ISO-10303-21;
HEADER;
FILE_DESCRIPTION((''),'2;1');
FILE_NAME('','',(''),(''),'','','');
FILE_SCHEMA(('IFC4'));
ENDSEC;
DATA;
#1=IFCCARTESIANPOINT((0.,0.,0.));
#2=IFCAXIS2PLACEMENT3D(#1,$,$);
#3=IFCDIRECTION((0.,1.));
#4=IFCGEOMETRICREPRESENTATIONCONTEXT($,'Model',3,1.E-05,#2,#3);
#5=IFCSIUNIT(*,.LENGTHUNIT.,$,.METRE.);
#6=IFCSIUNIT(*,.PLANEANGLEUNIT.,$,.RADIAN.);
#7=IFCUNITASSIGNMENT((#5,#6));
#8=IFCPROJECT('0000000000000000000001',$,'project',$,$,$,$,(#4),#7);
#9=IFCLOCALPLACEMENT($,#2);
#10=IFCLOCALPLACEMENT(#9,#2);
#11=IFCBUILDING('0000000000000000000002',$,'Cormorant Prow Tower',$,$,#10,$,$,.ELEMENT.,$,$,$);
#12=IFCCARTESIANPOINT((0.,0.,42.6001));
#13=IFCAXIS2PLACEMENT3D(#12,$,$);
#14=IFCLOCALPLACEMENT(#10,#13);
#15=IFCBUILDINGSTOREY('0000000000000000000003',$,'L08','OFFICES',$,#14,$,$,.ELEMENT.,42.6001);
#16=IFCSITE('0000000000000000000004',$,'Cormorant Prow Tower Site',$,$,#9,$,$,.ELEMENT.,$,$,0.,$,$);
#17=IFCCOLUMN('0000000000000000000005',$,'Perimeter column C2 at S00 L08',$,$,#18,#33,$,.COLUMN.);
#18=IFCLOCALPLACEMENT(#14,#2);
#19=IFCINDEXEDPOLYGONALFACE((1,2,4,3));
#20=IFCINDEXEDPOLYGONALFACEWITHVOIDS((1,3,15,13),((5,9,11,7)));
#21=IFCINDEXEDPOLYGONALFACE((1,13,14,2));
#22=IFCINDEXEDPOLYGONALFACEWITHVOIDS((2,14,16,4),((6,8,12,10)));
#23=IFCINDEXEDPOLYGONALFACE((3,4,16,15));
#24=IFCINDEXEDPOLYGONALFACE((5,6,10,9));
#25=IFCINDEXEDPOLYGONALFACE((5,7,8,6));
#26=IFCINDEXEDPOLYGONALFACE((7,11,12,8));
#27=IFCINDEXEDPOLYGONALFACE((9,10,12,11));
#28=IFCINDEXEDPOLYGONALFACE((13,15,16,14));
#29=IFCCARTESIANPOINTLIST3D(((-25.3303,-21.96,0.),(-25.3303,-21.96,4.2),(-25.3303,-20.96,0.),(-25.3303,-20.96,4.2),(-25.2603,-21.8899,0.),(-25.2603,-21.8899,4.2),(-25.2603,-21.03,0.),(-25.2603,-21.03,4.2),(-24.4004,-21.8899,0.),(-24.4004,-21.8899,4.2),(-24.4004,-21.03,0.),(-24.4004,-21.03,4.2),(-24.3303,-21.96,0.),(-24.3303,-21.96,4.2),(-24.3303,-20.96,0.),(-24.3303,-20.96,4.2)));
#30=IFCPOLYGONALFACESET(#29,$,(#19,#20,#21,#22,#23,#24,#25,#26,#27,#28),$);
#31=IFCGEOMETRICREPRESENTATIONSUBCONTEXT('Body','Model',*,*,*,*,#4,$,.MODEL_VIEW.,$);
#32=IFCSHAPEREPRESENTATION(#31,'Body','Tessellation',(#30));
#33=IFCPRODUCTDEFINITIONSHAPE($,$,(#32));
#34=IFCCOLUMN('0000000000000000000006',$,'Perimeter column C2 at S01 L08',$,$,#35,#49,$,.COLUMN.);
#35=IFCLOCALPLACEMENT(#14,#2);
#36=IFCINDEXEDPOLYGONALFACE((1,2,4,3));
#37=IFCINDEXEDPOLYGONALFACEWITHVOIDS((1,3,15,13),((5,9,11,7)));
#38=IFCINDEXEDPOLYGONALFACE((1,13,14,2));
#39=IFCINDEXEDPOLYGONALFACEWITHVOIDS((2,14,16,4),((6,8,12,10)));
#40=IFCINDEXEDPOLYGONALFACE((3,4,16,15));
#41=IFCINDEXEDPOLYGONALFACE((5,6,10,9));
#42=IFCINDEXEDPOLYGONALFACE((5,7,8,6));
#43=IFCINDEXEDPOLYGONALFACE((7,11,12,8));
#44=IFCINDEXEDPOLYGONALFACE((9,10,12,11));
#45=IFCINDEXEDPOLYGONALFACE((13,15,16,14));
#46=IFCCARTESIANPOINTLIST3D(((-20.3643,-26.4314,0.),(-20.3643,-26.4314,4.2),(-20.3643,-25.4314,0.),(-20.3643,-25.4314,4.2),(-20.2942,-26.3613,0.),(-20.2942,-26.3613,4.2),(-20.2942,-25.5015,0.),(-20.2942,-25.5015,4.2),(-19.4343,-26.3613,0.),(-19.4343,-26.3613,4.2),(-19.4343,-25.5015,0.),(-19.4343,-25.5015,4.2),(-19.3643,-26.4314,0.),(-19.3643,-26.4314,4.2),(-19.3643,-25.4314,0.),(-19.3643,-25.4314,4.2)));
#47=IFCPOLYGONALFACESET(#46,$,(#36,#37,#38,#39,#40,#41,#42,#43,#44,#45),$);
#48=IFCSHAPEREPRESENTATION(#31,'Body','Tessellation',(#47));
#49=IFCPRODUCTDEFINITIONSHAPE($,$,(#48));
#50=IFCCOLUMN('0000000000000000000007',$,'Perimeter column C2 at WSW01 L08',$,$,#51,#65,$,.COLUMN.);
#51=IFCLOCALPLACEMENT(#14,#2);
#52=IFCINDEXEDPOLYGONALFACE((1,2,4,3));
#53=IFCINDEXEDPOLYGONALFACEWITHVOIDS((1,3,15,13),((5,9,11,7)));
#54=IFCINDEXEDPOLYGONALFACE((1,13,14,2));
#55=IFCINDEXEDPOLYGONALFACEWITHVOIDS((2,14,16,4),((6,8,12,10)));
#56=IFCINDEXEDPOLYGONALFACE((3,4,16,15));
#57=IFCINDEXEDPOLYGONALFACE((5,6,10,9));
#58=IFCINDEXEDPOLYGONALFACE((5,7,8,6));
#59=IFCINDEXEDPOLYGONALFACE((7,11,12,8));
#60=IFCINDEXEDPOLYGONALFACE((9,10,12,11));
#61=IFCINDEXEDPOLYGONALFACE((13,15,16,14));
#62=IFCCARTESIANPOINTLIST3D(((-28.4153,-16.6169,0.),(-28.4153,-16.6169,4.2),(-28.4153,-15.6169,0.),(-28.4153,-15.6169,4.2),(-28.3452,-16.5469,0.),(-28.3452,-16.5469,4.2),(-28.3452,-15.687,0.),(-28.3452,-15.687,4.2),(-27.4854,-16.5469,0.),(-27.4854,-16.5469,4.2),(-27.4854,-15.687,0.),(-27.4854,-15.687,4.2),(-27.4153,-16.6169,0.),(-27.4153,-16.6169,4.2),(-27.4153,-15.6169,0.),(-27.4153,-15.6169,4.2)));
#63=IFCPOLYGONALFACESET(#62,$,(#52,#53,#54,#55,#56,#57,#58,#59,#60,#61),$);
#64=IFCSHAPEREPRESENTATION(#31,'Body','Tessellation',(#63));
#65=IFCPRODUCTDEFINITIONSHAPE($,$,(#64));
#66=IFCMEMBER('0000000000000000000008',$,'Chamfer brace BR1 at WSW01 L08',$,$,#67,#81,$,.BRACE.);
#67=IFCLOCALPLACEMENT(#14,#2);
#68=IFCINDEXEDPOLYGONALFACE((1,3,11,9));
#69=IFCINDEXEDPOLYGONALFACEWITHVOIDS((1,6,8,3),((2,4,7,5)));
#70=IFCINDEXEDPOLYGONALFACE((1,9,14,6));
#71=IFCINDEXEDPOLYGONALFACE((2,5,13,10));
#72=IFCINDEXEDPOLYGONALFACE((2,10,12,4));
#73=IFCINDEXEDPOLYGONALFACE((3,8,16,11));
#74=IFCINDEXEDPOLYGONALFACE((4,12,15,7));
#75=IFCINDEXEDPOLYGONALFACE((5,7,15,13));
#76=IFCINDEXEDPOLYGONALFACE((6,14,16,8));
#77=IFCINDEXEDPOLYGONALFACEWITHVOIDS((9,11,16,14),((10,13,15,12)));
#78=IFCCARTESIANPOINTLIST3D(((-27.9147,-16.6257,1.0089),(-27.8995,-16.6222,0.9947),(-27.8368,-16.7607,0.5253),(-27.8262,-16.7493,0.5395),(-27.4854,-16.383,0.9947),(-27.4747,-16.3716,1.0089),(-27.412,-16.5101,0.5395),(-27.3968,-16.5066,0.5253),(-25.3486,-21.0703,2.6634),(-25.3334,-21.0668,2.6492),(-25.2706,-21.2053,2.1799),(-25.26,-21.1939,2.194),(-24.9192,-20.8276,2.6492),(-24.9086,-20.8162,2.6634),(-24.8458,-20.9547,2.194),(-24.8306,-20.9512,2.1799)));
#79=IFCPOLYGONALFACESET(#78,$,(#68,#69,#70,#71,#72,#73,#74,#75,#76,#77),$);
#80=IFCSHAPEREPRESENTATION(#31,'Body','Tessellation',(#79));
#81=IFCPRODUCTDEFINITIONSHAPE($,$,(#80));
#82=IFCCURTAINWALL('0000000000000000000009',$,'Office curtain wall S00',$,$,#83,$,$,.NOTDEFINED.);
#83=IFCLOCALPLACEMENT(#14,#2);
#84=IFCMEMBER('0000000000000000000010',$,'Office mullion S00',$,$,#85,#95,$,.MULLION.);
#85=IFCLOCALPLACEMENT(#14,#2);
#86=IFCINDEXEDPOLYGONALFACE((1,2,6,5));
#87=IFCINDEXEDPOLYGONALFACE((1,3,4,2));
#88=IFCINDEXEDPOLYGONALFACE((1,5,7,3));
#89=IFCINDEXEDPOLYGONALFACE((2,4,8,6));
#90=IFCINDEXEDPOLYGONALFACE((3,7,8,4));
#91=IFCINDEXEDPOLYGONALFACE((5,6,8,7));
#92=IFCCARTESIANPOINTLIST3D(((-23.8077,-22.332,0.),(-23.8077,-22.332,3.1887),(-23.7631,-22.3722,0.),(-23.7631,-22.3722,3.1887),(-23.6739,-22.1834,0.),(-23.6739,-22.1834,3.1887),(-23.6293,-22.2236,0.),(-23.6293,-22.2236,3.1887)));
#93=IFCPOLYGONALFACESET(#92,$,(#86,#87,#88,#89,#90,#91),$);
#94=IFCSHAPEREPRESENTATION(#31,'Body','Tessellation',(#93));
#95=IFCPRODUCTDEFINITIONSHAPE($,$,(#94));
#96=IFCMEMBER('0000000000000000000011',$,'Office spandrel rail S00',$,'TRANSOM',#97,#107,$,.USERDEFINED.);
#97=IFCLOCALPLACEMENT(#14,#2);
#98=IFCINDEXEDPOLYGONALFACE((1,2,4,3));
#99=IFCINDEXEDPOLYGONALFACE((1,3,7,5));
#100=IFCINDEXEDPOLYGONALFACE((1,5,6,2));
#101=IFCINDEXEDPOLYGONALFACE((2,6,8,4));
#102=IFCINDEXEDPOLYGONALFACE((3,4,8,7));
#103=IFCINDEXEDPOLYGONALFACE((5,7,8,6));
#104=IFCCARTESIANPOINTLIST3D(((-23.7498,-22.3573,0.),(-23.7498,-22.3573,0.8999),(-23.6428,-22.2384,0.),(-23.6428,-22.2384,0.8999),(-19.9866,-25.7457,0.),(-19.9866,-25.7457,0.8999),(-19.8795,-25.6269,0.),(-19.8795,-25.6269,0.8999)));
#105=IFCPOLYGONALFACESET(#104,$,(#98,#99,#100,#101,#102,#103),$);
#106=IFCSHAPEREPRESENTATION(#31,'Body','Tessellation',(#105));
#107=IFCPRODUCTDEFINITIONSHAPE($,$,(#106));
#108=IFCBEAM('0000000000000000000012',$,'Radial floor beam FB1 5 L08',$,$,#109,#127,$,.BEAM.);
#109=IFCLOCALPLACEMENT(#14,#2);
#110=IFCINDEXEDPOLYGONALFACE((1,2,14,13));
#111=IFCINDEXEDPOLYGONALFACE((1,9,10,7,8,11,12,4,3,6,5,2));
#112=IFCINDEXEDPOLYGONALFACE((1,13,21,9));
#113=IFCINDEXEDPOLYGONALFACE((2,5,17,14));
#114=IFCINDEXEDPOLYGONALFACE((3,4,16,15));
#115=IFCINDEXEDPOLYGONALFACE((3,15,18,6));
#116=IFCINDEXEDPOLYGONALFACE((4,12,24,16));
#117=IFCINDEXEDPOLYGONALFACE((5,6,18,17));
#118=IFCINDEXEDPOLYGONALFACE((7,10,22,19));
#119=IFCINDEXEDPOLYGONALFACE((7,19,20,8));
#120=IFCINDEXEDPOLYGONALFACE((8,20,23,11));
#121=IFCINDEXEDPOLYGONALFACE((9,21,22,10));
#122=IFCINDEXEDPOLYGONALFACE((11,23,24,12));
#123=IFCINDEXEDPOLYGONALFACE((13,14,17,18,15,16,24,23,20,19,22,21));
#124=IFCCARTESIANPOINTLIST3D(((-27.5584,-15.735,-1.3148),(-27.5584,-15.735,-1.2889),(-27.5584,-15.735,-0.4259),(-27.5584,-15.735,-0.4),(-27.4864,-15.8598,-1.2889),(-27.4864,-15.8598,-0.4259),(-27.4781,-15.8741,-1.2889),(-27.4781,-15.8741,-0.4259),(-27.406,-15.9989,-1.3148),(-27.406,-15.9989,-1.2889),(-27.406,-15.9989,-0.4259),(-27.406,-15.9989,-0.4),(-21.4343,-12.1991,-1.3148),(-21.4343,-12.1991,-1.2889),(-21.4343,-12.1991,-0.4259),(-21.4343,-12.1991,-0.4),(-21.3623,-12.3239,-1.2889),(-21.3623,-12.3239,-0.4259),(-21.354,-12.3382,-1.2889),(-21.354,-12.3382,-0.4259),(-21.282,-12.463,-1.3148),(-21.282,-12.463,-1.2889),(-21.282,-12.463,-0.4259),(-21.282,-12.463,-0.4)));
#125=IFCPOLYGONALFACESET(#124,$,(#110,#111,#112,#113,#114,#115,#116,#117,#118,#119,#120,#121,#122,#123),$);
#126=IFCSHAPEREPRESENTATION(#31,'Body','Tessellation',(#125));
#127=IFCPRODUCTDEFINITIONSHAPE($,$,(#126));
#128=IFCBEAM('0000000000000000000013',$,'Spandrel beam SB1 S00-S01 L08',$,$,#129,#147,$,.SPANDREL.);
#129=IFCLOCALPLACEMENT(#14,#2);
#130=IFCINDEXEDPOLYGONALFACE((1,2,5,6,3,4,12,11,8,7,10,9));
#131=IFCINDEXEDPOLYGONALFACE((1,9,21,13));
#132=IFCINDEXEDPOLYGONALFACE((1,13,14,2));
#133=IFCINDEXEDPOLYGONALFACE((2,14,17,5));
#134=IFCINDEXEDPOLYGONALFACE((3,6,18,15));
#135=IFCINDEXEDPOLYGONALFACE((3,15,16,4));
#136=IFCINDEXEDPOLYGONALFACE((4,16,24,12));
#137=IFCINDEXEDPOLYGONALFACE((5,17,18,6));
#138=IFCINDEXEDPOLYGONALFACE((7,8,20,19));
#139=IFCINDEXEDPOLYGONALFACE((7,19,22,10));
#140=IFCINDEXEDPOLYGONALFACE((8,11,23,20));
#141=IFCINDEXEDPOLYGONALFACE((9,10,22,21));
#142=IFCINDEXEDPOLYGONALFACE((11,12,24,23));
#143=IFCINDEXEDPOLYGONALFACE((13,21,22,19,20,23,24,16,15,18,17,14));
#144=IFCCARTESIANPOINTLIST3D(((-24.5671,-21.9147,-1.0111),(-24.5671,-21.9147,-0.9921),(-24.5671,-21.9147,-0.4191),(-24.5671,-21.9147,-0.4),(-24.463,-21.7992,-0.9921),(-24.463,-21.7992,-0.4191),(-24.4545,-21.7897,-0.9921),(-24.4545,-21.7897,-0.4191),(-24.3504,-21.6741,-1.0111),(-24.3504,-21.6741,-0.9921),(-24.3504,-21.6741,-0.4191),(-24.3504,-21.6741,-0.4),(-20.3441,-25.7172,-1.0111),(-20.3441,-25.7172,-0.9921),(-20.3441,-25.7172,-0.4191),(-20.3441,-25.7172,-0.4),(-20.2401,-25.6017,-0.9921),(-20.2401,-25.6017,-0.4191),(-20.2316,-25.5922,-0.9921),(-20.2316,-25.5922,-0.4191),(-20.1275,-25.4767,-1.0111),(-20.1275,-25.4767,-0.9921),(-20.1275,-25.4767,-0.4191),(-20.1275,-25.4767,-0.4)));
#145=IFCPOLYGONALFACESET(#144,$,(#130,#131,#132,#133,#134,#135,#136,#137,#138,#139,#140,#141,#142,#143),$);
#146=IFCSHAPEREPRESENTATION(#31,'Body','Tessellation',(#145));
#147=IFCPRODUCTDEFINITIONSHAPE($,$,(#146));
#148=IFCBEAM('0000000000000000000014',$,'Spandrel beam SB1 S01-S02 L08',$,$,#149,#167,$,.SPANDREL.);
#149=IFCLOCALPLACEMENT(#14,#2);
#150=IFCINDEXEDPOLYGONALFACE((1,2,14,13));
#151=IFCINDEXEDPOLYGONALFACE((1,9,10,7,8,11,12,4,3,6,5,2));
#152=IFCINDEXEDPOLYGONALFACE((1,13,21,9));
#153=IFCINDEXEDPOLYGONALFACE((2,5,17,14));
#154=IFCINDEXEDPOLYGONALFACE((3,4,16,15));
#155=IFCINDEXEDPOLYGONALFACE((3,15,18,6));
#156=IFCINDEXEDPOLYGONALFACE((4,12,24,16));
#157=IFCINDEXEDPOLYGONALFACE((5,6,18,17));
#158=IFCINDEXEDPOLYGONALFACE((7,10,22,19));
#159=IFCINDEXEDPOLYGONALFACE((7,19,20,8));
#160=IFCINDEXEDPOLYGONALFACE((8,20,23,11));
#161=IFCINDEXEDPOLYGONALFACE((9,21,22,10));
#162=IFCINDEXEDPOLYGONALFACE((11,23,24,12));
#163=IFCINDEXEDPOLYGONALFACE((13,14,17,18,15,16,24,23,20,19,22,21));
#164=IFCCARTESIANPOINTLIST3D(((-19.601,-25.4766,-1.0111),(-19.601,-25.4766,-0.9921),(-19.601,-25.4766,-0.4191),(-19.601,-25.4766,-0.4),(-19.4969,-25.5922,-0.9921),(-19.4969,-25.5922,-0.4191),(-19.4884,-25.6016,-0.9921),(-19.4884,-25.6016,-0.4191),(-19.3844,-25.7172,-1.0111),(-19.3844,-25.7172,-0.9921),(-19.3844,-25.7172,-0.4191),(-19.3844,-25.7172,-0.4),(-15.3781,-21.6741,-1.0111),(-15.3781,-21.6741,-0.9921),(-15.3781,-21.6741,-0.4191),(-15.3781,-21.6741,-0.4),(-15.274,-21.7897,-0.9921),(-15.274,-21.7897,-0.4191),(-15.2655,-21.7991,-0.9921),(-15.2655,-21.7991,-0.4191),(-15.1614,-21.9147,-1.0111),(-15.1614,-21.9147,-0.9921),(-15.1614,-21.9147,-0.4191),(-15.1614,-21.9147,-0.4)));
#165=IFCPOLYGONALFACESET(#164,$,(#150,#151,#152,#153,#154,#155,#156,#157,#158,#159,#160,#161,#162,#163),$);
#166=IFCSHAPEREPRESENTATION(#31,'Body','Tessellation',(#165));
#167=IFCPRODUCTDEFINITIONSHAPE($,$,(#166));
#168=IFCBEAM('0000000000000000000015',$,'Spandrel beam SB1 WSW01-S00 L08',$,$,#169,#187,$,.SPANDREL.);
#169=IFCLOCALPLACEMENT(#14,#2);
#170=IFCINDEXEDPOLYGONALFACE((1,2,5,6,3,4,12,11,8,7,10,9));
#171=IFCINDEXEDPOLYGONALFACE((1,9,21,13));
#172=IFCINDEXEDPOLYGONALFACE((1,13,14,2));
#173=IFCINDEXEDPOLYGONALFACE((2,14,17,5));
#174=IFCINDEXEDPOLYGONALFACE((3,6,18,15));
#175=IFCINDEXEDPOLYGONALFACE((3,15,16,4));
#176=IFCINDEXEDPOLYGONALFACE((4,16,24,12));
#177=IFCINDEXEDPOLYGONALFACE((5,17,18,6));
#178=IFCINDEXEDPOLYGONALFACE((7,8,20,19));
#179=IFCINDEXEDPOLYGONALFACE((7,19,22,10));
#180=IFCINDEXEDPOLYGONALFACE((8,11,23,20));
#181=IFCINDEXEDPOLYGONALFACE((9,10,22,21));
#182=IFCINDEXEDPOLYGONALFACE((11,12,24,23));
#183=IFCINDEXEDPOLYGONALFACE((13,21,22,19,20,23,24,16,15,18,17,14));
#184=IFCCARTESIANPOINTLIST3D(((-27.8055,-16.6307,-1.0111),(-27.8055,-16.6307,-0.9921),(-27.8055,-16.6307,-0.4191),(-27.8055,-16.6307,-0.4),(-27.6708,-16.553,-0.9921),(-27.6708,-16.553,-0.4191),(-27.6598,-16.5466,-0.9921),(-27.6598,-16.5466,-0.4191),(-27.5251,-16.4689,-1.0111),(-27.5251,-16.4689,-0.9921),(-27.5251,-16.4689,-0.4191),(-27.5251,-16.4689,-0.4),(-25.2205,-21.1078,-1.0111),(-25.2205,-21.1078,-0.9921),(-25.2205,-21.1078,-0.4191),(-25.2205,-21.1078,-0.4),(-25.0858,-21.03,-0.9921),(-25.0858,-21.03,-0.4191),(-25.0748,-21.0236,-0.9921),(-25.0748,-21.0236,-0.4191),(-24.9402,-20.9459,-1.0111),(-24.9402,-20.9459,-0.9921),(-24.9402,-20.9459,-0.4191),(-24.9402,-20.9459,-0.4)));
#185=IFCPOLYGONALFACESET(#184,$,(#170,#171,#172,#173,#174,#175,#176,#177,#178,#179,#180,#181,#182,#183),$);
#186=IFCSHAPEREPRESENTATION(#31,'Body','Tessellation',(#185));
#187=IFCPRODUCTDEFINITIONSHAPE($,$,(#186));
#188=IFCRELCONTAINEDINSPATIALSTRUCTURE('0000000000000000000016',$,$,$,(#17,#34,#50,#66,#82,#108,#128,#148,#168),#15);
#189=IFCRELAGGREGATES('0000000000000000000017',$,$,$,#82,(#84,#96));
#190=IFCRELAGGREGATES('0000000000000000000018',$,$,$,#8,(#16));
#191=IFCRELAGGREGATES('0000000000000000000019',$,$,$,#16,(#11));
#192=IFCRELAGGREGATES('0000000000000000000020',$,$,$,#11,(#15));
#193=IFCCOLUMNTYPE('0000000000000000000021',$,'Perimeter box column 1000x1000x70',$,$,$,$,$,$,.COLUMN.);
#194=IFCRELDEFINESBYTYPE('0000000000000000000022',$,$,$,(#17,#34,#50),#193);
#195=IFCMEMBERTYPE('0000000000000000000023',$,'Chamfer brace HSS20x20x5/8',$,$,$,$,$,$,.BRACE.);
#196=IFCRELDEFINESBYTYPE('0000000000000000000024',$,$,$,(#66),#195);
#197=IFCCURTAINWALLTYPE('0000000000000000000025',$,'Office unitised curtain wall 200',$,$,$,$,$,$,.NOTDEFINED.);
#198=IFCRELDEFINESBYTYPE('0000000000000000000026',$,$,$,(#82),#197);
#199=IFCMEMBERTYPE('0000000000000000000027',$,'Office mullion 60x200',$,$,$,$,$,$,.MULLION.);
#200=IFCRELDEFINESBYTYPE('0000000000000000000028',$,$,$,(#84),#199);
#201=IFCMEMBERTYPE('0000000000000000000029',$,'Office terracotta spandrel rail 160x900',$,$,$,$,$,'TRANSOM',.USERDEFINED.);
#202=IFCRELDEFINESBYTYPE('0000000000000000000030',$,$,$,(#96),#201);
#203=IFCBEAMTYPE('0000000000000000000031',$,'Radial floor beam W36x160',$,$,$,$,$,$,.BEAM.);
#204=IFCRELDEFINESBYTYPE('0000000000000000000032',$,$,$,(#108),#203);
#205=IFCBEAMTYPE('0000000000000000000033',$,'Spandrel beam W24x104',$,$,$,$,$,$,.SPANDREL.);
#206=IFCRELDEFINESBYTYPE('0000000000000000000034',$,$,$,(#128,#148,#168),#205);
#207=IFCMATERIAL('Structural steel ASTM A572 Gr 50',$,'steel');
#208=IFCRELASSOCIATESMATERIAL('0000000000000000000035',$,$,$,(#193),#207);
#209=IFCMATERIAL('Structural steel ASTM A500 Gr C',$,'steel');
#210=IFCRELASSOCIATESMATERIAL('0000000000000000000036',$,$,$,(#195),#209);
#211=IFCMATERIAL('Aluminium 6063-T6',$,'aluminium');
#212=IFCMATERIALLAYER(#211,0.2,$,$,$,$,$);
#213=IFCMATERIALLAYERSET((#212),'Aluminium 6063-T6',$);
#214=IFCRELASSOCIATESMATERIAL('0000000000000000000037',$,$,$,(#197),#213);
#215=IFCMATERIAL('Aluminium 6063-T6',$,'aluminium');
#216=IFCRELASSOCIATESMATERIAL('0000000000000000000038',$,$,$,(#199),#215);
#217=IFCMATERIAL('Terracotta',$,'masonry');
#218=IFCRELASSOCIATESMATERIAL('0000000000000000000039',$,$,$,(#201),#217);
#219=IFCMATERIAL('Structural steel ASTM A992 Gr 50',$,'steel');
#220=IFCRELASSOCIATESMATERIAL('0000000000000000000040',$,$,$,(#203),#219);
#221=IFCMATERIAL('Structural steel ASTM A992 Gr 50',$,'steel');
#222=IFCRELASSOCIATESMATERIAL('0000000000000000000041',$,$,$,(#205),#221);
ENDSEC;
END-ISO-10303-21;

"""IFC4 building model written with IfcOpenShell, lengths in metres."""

from ifc_helpers import new_model, si_unit, direction, frame, origin, origin_2d, place, context, subcontext, project, spatial, rectangle, hollow_rectangle, i_section, extrude, material, layer, layer_set, material_profile, profile_set, type_object, element, aggregate, save


model = new_model("IFC4")

# Units and contexts
model_context = context("Model", 3, precision=1e-05, world=origin(), true_north=direction((0.0, 1.0)))
body_context = subcontext(model_context, "Body", "Model", "MODEL_VIEW")
ifc_project = project(units=[si_unit("LENGTHUNIT", "METRE"), si_unit("PLANEANGLEUNIT", "RADIAN")], contexts=[model_context])

# Site, building, storey
site_placement = place(None, origin())
site = spatial("IfcSite", under=ifc_project, at=site_placement, Name="Cormorant Prow Tower Site", CompositionType="ELEMENT", RefElevation=0.0)
building_placement = place(site_placement, origin())
building = spatial("IfcBuilding", under=site, at=building_placement, Name="Cormorant Prow Tower", CompositionType="ELEMENT")
storey_placement = place(building_placement, frame((0.0, 0.0, 42.6001)))
storey = spatial("IfcBuildingStorey", under=building, at=storey_placement, Name="L08", Description="OFFICES", CompositionType="ELEMENT", Elevation=42.6001)

# Columns
ifc_material_1 = material(Name="Structural steel ASTM A572 Gr 50", Category="steel")
ifc_material_profile_1 = material_profile(ifc_material_1, hollow_rectangle(XDim=1.0, YDim=1.0, WallThickness=0.0701, at=origin_2d()), Name="Box 1000x1000x70")
ifc_profile_set_1 = profile_set([ifc_material_profile_1], Name="Structural steel ASTM A572 Gr 50")
column_type = type_object("IfcColumnType", Name="Perimeter box column 1000x1000x70", PredefinedType="COLUMN", material=ifc_profile_set_1)
for number, where, z_axis, x_axis, name in (
    (1, (-24.8303, -21.46, 0.0), (0.0, 0.0, 1.0), (1.0, 0.0, 0.0), "Perimeter column C2 at S00 L08"),
    (2, (-19.8643, -25.9314, 0.0), (0.0, 0.0, 1.0), (1.0, 0.0, 0.0), "Perimeter column C2 at S01 L08"),
    (3, (-27.9153, -16.1169, 0.0), (0.0, 0.0, 1.0), (1.0, 0.0, 0.0), "Perimeter column C2 at WSW01 L08"),
):
    element("IfcColumn", number, at=place(storey_placement, frame(where, z_axis=z_axis, x_axis=x_axis)), inside=storey, type_object=column_type, Name=name, PredefinedType="COLUMN", context=body_context, shape_type="SweptSolid", body=[
        extrude(hollow_rectangle(XDim=1.0, YDim=1.0, WallThickness=0.0701, at=origin_2d()), origin(), (0.0, 0.0, 1.0), 4.2),
    ])

# Member
ifc_material_2 = material(Name="Structural steel ASTM A500 Gr C", Category="steel")
ifc_material_profile_2 = material_profile(ifc_material_2, hollow_rectangle(XDim=0.5081, YDim=0.5081, WallThickness=0.0149, at=origin_2d()), Name="HSS20x20x5/8")
ifc_profile_set_2 = profile_set([ifc_material_profile_2], Name="Structural steel ASTM A500 Gr C")
member_type_1 = type_object("IfcMemberType", Name="Chamfer brace HSS20x20x5/8", PredefinedType="BRACE", material=ifc_profile_set_2)
member_1_placement = place(storey_placement, frame((-27.6558, -16.5662, 0.7671), z_axis=(0.475893, -0.824244, 0.306834), x_axis=(0.866018, 0.500012, 0.0)))
element("IfcMember", 4, at=member_1_placement, inside=storey, type_object=member_type_1, Name="Chamfer brace BR1 at WSW01 L08", PredefinedType="BRACE", context=body_context, shape_type="SweptSolid", body=[
    extrude(hollow_rectangle(XDim=0.5081, YDim=0.5081, WallThickness=0.0149, at=origin_2d()), origin(), (0.0, 0.0, 1.0), 5.3923),
])

# Curtain wall, members
ifc_material_3 = material(Name="Aluminium 6063-T6", Category="aluminium")
ifc_layer_1 = layer(ifc_material_3, 0.2)
ifc_layer_set_1 = layer_set([ifc_layer_1], Name="Aluminium 6063-T6")
curtain_wall_type = type_object("IfcCurtainWallType", Name="Office unitised curtain wall 200", PredefinedType="NOTDEFINED", material=ifc_layer_set_1)
curtain_wall_placement = place(storey_placement, origin())
curtain_wall = element("IfcCurtainWall", 5, at=curtain_wall_placement, inside=storey, type_object=curtain_wall_type, Name="Office curtain wall S00", PredefinedType="NOTDEFINED")
ifc_material_4 = material(Name="Aluminium 6063-T6", Category="aluminium")
ifc_material_profile_3 = material_profile(ifc_material_4, rectangle(XDim=0.2, YDim=0.0601, at=origin_2d()), Name="Office mullion 60x200")
ifc_profile_set_3 = profile_set([ifc_material_profile_3], Name="Aluminium 6063-T6")
member_type_2 = type_object("IfcMemberType", Name="Office mullion 60x200", PredefinedType="MULLION", material=ifc_profile_set_3)
member_2_placement = place(storey_placement, frame((-23.7185, -22.2778, 0.0), z_axis=(0.0, 0.0, 1.0), x_axis=(0.669131, 0.743145, 0.0)))
member_2 = element("IfcMember", 6, at=member_2_placement, type_object=member_type_2, Name="Office mullion S00", PredefinedType="MULLION", context=body_context, shape_type="SweptSolid", body=[
    extrude(rectangle(XDim=0.2, YDim=0.0601, at=origin_2d()), origin(), (0.0, 0.0, 1.0), 3.1887),
])
ifc_material_5 = material(Name="Terracotta", Category="masonry")
ifc_material_profile_4 = material_profile(ifc_material_5, rectangle(XDim=0.1599, YDim=0.8999, at=origin_2d()), Name="Office terracotta spandrel rail 160x900")
ifc_profile_set_4 = profile_set([ifc_material_profile_4], Name="Terracotta")
member_type_3 = type_object("IfcMemberType", Name="Office terracotta spandrel rail 160x900", ElementType="TRANSOM", PredefinedType="USERDEFINED", material=ifc_profile_set_4)
member_3_placement = place(storey_placement, frame((-23.6963, -22.2979, 0.45), z_axis=(0.743141, -0.669135, 0.0), x_axis=(0.669135, 0.743141, 0.0)))
member_3 = element("IfcMember", 7, at=member_3_placement, type_object=member_type_3, Name="Office spandrel rail S00", ObjectType="TRANSOM", PredefinedType="USERDEFINED", context=body_context, shape_type="SweptSolid", body=[
    extrude(rectangle(XDim=0.1599, YDim=0.8999, at=origin_2d()), origin(), (0.0, 0.0, 1.0), 5.064),
])

# Beams
ifc_material_6 = material(Name="Structural steel ASTM A992 Gr 50", Category="steel")
ifc_material_profile_5 = material_profile(ifc_material_6, i_section(OverallWidth=0.3047, OverallDepth=0.9148, WebThickness=0.0166, FlangeThickness=0.0259, at=origin_2d()), Name="W36x160")
ifc_profile_set_5 = profile_set([ifc_material_profile_5], Name="Structural steel ASTM A992 Gr 50")
beam_type_1 = type_object("IfcBeamType", Name="Radial floor beam W36x160", PredefinedType="BEAM", material=ifc_profile_set_5)
beam_1_placement = place(storey_placement, frame((-21.3582, -12.3311, -0.8574), z_axis=(-0.866014, -0.500019, 0.0), x_axis=(0.500019, -0.866014, 0.0)))
element("IfcBeam", 8, at=beam_1_placement, inside=storey, type_object=beam_type_1, Name="Radial floor beam FB1 5 L08", PredefinedType="BEAM", context=body_context, shape_type="SweptSolid", body=[
    extrude(i_section(OverallWidth=0.3047, OverallDepth=0.9148, WebThickness=0.0166, FlangeThickness=0.0259, at=origin_2d()), origin(), (0.0, 0.0, 1.0), 7.0715),
])
ifc_material_7 = material(Name="Structural steel ASTM A992 Gr 50", Category="steel")
ifc_material_profile_6 = material_profile(ifc_material_7, i_section(OverallWidth=0.3237, OverallDepth=0.6111, WebThickness=0.0127, FlangeThickness=0.019, at=origin_2d()), Name="W24x104")
ifc_profile_set_6 = profile_set([ifc_material_profile_6], Name="Structural steel ASTM A992 Gr 50")
beam_type_2 = type_object("IfcBeamType", Name="Spandrel beam W24x104", PredefinedType="SPANDREL", material=ifc_profile_set_6)
for number, where, z_axis, x_axis, name in (
    (9, (-24.4587, -21.7944, -0.7056), (0.74313, -0.669147, 0.0), (0.669147, 0.74313, 0.0), "Spandrel beam SB1 S00-S01 L08"),
    (10, (-19.4927, -25.5969, -0.7056), (0.74313, 0.669147, 0.0), (-0.669147, 0.74313, 0.0), "Spandrel beam SB1 S01-S02 L08"),
):
    element("IfcBeam", number, at=place(storey_placement, frame(where, z_axis=z_axis, x_axis=x_axis)), inside=storey, type_object=beam_type_2, Name=name, PredefinedType="SPANDREL", context=body_context, shape_type="SweptSolid", body=[
        extrude(i_section(OverallWidth=0.3237, OverallDepth=0.6111, WebThickness=0.0127, FlangeThickness=0.019, at=origin_2d()), origin(), (0.0, 0.0, 1.0), 5.6826),
    ])
beam_2_placement = place(storey_placement, frame((-27.6653, -16.5498, -0.7056), z_axis=(0.50002, -0.866014, 0.0), x_axis=(0.866014, 0.50002, 0.0)))
element("IfcBeam", 11, at=beam_2_placement, inside=storey, type_object=beam_type_2, Name="Spandrel beam SB1 WSW01-S00 L08", PredefinedType="SPANDREL", context=body_context, shape_type="SweptSolid", body=[
    extrude(i_section(OverallWidth=0.3237, OverallDepth=0.6111, WebThickness=0.0127, FlangeThickness=0.019, at=origin_2d()), origin(), (0.0, 0.0, 1.0), 5.1697),
])

aggregate(curtain_wall, [member_2, member_3])

save(model, "model.ifc")
